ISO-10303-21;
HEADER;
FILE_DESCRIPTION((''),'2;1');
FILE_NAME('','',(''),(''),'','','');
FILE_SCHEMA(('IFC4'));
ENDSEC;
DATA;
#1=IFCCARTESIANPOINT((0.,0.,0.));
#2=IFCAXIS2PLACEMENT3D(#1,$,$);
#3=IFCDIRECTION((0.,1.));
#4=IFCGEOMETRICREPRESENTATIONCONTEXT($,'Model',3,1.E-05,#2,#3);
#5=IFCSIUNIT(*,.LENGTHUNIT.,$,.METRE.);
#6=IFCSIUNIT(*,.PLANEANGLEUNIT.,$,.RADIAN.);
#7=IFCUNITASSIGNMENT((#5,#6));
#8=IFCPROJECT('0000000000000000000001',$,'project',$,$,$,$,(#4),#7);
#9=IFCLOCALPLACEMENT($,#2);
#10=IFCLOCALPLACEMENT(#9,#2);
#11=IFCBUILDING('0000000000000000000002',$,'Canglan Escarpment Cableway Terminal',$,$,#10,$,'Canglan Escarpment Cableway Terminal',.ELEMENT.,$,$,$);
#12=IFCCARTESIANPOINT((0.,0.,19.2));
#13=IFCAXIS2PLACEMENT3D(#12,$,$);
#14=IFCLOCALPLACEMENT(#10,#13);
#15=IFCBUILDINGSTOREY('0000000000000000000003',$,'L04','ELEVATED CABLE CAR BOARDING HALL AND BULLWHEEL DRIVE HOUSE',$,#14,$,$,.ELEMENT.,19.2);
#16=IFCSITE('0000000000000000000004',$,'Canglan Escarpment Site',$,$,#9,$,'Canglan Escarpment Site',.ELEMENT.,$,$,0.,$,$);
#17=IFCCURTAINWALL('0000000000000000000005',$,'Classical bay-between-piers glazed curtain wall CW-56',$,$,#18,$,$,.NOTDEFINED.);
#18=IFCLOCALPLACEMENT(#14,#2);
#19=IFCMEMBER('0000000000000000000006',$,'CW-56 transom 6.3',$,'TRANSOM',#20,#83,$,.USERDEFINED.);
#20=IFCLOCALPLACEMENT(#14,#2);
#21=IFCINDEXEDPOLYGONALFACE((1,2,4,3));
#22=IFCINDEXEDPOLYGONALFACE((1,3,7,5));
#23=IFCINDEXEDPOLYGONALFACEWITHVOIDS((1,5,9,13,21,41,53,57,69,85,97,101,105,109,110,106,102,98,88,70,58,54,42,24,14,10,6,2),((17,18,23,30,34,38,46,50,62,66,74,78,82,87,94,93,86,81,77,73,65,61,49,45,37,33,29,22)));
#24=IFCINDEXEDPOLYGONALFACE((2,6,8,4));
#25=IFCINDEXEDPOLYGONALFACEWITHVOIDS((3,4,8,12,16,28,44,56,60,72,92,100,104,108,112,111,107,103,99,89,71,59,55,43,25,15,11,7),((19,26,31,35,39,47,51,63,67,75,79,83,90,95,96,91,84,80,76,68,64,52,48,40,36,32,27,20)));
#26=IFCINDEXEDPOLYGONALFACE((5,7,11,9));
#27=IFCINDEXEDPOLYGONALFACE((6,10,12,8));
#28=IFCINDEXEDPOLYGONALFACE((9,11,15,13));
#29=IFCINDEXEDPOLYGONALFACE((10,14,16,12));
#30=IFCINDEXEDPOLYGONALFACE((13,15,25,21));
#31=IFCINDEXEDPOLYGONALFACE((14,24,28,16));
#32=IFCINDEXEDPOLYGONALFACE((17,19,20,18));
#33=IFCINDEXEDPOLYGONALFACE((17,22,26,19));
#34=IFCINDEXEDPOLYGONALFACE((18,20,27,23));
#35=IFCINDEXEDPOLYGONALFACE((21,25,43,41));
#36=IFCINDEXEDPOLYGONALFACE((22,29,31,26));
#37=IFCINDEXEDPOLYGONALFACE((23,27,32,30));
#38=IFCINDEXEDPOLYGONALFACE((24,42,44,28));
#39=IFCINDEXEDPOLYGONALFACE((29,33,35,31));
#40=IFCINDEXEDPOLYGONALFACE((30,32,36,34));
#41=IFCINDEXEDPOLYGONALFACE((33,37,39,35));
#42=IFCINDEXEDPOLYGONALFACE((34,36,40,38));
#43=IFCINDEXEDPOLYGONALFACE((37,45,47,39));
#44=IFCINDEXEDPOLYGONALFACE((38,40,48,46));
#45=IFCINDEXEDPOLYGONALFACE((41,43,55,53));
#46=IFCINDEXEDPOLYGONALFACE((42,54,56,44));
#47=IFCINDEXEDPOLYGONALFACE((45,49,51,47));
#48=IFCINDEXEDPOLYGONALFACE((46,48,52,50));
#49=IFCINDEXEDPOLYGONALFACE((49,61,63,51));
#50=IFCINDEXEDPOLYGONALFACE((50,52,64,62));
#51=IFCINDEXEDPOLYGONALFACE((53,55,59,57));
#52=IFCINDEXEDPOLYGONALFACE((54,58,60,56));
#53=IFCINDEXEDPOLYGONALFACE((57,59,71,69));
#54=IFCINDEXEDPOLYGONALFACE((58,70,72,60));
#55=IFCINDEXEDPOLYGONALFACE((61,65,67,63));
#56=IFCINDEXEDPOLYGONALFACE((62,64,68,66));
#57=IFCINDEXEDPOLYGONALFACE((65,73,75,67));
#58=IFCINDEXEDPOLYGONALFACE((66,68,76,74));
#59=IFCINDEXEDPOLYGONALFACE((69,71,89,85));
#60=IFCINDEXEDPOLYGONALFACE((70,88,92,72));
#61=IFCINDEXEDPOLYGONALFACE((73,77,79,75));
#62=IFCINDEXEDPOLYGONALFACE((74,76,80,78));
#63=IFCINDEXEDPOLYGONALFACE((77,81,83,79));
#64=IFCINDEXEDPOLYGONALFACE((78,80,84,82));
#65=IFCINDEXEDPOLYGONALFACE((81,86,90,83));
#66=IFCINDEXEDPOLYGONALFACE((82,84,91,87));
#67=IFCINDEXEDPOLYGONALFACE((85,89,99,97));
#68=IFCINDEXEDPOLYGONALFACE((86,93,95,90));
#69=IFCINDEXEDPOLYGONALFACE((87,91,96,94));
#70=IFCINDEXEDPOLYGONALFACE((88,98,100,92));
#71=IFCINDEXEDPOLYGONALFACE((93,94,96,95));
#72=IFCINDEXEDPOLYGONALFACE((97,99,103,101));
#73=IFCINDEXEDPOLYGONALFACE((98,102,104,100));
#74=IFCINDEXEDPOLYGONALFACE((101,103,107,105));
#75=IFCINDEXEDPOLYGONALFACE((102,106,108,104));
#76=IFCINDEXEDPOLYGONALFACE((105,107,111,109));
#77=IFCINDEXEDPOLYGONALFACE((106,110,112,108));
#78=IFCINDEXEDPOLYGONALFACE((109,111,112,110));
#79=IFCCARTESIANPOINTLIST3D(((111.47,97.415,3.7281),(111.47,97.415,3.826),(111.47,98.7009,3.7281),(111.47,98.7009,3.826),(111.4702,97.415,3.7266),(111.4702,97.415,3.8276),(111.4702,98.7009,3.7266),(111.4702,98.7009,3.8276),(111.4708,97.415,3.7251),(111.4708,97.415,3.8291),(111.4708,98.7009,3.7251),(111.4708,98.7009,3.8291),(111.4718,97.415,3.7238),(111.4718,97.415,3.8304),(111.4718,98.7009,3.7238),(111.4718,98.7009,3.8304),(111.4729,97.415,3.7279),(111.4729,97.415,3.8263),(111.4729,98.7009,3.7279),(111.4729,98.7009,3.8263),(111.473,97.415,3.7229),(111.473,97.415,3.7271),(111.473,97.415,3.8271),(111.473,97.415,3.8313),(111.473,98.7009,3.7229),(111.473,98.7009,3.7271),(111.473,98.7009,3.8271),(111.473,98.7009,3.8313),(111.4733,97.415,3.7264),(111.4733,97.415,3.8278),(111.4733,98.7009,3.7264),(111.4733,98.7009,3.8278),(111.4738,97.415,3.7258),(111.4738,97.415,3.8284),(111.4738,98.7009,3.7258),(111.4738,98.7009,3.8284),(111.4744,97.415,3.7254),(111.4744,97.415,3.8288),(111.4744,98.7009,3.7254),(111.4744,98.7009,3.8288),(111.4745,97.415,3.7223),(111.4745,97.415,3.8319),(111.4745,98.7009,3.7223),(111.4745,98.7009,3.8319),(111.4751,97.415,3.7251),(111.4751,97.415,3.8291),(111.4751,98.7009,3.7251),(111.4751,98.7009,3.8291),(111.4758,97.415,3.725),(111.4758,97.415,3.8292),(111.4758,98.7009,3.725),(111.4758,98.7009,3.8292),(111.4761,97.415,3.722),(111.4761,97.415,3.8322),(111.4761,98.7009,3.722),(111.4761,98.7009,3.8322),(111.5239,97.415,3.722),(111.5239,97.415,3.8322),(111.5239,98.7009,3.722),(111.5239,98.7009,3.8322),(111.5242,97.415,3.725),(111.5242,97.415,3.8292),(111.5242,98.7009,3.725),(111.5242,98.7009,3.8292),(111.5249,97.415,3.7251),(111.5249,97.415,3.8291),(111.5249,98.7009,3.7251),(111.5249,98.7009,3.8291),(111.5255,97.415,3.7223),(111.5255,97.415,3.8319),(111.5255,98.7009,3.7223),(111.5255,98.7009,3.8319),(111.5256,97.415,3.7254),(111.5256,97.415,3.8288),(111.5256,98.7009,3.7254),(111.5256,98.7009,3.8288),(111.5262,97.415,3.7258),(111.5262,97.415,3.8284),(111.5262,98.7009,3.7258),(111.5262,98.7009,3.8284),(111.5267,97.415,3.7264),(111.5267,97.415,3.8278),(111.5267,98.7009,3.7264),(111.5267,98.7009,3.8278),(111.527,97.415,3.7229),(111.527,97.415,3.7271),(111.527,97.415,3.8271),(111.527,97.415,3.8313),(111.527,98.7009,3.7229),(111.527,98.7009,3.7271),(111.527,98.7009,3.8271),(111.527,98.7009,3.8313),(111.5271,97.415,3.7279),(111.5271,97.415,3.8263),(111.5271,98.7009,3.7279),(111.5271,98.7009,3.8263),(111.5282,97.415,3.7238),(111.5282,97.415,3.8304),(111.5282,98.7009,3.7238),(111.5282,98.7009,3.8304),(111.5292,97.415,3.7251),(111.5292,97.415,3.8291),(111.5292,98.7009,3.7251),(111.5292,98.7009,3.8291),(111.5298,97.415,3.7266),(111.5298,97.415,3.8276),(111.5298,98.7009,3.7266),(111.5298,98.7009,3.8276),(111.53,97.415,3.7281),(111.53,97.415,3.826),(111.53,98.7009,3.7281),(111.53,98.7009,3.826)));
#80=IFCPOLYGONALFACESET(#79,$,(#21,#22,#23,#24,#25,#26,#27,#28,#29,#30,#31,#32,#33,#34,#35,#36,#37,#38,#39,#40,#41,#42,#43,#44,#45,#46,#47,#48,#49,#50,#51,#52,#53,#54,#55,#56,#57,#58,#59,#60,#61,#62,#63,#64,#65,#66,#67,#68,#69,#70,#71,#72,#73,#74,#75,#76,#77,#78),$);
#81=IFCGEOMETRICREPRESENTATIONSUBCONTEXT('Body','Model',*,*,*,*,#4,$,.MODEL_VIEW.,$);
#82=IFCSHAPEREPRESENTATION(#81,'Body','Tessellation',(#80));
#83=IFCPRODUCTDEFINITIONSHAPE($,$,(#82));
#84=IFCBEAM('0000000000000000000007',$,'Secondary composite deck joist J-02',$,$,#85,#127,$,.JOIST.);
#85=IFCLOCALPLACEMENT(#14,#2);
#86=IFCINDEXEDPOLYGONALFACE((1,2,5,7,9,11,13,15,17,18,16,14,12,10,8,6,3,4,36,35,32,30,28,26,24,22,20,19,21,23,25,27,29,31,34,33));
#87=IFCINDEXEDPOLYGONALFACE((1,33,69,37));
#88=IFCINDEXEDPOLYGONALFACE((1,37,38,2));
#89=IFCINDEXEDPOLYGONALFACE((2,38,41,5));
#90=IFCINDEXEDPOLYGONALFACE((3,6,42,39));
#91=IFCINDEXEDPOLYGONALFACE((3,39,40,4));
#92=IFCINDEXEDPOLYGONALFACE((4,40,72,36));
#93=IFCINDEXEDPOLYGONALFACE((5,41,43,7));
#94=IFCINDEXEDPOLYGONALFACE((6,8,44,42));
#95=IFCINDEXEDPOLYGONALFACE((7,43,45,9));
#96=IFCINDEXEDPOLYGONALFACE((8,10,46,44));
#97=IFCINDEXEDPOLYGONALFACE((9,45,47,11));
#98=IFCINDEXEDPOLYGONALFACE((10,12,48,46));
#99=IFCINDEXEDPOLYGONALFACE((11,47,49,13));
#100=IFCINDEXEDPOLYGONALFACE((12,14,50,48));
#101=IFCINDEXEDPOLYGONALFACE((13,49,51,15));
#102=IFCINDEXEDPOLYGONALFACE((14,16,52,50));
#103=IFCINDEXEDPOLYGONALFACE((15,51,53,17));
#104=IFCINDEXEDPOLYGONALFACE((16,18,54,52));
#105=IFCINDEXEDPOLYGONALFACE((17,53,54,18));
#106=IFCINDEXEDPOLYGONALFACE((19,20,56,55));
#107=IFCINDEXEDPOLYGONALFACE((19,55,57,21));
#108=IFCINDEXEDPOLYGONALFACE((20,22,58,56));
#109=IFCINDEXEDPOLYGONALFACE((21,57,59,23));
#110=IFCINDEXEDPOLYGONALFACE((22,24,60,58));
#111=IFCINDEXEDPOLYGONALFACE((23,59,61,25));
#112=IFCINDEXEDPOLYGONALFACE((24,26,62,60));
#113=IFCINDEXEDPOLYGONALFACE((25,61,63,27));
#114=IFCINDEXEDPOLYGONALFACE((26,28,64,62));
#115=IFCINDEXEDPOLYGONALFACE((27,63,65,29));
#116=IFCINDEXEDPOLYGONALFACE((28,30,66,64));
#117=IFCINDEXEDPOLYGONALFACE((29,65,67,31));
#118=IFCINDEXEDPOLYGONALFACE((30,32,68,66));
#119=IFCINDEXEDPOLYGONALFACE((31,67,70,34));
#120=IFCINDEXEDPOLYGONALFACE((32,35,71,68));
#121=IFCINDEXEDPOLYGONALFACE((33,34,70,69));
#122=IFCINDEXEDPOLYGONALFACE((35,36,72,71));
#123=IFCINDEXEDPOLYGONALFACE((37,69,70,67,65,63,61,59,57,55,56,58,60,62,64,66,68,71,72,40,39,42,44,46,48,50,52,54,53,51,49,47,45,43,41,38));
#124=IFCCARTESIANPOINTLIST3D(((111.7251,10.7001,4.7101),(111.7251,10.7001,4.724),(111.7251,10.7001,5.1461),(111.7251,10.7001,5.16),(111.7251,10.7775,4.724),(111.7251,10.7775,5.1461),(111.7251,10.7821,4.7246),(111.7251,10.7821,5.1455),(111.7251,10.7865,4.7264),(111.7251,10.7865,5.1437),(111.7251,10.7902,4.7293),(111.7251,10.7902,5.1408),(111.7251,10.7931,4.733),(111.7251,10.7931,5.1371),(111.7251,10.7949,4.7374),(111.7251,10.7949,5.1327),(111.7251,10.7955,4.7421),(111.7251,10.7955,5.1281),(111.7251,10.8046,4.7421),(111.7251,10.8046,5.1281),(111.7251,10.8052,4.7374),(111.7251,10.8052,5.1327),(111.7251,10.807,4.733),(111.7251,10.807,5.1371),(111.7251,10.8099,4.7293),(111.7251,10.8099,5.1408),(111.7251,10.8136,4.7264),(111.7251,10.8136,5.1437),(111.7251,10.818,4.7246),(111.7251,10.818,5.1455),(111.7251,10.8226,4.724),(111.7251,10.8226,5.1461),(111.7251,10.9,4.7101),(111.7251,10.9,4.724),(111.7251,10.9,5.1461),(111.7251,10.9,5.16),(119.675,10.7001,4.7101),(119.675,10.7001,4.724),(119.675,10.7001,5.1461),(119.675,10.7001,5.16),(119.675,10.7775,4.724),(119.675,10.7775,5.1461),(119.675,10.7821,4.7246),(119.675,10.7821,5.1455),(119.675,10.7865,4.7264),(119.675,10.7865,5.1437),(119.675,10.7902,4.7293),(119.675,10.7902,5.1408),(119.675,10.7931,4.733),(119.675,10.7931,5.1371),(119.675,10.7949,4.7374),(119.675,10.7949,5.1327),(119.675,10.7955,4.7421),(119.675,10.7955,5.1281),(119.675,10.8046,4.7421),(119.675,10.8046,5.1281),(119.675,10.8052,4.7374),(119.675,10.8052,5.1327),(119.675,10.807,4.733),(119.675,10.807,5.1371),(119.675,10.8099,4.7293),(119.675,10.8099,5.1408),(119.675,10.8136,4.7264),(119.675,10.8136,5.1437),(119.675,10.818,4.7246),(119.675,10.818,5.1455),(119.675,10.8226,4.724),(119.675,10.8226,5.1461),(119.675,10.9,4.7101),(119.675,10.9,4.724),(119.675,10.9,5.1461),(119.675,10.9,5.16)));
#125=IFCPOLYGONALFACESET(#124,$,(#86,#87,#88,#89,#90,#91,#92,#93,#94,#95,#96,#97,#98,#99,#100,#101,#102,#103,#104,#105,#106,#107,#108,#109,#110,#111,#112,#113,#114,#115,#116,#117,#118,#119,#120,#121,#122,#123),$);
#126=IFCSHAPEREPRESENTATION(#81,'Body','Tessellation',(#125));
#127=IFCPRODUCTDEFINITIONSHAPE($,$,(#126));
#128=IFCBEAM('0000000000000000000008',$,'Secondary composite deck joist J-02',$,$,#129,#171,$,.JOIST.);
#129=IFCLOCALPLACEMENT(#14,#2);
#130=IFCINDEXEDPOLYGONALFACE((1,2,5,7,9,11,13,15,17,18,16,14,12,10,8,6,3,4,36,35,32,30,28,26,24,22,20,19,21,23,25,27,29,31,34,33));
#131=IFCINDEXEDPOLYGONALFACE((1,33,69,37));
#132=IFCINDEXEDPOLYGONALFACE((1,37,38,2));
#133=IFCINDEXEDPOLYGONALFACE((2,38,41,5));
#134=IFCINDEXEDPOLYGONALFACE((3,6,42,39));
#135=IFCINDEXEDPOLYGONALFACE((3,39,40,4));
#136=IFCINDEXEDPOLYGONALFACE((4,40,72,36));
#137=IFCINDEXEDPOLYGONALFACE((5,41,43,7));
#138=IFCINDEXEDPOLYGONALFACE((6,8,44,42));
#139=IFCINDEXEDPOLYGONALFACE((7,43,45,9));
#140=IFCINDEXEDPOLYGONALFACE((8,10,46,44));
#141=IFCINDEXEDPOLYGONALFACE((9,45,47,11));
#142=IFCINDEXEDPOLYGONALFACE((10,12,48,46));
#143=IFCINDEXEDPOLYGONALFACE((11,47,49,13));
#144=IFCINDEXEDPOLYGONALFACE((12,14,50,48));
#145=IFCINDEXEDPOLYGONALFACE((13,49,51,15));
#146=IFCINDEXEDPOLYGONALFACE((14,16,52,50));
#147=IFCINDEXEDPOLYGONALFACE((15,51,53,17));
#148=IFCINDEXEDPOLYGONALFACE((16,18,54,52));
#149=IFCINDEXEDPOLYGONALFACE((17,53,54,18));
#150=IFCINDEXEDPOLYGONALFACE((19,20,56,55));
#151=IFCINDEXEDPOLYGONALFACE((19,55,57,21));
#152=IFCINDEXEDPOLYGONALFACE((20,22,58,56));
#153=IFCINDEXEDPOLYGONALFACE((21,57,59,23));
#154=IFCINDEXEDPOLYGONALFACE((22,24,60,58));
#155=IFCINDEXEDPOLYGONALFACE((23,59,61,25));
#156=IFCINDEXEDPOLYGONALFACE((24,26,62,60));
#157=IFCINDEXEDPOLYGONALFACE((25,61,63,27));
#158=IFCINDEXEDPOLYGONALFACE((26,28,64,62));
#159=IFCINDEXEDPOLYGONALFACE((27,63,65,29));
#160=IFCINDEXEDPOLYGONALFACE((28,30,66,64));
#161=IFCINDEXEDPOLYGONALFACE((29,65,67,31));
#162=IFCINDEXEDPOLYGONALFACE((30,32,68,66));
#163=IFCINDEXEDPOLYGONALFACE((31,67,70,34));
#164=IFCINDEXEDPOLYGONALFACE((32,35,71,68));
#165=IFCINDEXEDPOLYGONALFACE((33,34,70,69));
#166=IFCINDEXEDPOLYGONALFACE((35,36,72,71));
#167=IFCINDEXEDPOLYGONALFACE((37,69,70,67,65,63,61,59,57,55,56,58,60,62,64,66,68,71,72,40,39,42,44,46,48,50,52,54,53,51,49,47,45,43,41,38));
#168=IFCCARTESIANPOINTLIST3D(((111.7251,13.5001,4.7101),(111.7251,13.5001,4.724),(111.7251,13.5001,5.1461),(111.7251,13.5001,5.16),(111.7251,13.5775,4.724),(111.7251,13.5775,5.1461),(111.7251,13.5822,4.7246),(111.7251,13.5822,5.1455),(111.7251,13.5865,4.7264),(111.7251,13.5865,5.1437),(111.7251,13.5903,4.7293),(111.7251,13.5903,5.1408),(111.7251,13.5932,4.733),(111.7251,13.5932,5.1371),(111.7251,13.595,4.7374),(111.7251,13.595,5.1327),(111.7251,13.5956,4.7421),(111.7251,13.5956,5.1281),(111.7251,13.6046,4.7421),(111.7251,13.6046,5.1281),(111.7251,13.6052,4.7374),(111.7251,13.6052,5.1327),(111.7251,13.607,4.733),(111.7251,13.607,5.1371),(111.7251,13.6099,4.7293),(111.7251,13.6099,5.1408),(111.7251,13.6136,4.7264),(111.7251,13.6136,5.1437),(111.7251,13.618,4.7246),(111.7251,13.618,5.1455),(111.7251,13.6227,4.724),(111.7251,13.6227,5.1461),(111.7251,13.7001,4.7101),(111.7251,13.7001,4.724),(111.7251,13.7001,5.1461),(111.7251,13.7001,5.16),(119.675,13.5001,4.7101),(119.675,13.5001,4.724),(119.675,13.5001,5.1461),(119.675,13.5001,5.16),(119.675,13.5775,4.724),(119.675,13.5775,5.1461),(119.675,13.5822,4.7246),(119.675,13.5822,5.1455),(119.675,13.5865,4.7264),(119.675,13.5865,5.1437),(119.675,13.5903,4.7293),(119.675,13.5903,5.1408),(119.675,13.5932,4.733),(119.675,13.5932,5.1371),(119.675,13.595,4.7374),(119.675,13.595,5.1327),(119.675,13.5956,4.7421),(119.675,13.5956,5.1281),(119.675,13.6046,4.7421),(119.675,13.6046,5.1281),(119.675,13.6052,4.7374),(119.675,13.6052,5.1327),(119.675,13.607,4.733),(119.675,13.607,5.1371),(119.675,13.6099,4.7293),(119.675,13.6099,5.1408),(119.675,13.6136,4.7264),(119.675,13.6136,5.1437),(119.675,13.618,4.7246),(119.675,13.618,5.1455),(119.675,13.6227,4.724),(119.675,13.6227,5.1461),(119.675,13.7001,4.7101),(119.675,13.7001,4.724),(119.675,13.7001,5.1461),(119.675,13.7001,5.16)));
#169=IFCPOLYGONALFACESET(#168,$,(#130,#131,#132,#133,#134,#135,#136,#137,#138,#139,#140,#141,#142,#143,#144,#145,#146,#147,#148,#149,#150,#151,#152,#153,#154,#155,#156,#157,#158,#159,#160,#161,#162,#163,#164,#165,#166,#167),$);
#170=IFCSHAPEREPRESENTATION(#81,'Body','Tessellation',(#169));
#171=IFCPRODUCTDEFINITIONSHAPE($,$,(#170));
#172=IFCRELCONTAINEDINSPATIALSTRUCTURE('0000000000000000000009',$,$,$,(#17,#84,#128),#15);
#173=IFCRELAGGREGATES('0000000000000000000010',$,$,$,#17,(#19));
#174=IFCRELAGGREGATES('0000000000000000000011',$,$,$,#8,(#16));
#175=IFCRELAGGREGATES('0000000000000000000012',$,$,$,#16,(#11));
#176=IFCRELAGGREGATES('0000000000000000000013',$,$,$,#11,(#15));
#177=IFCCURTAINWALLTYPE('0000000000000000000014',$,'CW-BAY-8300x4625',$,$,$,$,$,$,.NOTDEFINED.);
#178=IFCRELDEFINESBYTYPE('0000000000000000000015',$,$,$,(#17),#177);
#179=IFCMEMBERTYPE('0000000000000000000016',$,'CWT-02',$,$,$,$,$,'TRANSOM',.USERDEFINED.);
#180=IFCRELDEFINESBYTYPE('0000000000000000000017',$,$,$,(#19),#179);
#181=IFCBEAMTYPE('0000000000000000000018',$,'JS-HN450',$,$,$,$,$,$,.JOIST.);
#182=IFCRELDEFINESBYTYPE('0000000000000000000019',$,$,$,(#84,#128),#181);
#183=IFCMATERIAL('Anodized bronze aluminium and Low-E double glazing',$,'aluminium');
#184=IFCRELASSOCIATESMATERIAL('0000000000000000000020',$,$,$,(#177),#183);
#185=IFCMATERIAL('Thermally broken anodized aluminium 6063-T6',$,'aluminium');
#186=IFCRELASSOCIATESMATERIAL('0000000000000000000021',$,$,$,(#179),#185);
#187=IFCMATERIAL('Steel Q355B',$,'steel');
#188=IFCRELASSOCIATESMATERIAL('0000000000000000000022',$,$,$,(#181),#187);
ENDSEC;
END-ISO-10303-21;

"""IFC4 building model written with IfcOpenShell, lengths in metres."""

from ifc_helpers import new_model, si_unit, direction, frame, origin, origin_2d, place, context, subcontext, project, spatial, hollow_rectangle, i_section, extrude, material, material_profile, profile_set, type_object, element, aggregate, save


model = new_model("IFC4")

# Units and contexts
model_context = context("Model", 3, precision=1e-05, world=origin(), true_north=direction((0.0, 1.0)))
body_context = subcontext(model_context, "Body", "Model", "MODEL_VIEW")
ifc_project = project(units=[si_unit("LENGTHUNIT", "METRE"), si_unit("PLANEANGLEUNIT", "RADIAN")], contexts=[model_context])

# Site, building, storey
site_placement = place(None, origin())
site = spatial("IfcSite", under=ifc_project, at=site_placement, Name="Canglan Escarpment Site", LongName="Canglan Escarpment Site", CompositionType="ELEMENT", RefElevation=0.0)
building_placement = place(site_placement, origin())
building = spatial("IfcBuilding", under=site, at=building_placement, Name="Canglan Escarpment Cableway Terminal", LongName="Canglan Escarpment Cableway Terminal", CompositionType="ELEMENT")
storey_placement = place(building_placement, frame((0.0, 0.0, 19.2)))
storey = spatial("IfcBuildingStorey", under=building, at=storey_placement, Name="L04", Description="ELEVATED CABLE CAR BOARDING HALL AND BULLWHEEL DRIVE HOUSE", CompositionType="ELEMENT", Elevation=19.2)

# Curtain wall, member
ifc_material_1 = material(Name="Anodized bronze aluminium and Low-E double glazing", Category="aluminium")
curtain_wall_type = type_object("IfcCurtainWallType", Name="CW-BAY-8300x4625", PredefinedType="NOTDEFINED", material=ifc_material_1)
curtain_wall_placement = place(storey_placement, origin())
curtain_wall = element("IfcCurtainWall", 1, at=curtain_wall_placement, inside=storey, type_object=curtain_wall_type, Name="Classical bay-between-piers glazed curtain wall CW-56", PredefinedType="NOTDEFINED")
ifc_material_2 = material(Name="Thermally broken anodized aluminium 6063-T6", Category="aluminium")
ifc_material_profile_1 = material_profile(ifc_material_2, hollow_rectangle(XDim=0.0601, YDim=0.1101, WallThickness=0.0029, InnerFilletRadius=0.0029, OuterFilletRadius=0.0061, at=origin_2d()), Name="ALU-TRAN 60x110x3")
ifc_profile_set_1 = profile_set([ifc_material_profile_1], Name="Thermally broken anodized aluminium 6063-T6")
member_type = type_object("IfcMemberType", Name="CWT-02", ElementType="TRANSOM", PredefinedType="USERDEFINED", material=ifc_profile_set_1)
member_placement = place(storey_placement, frame((111.5, 98.7009, 3.7771), z_axis=(0.0, -1.0, 0.0), x_axis=(1.0, 0.0, 0.0)))
member = element("IfcMember", 2, at=member_placement, type_object=member_type, Name="CW-56 transom 6.3", ObjectType="TRANSOM", PredefinedType="USERDEFINED", context=body_context, shape_type="SweptSolid", body=[
    extrude(hollow_rectangle(XDim=0.0601, YDim=0.1101, WallThickness=0.0029, InnerFilletRadius=0.0029, OuterFilletRadius=0.0061, at=origin_2d()), origin(), (0.0, 0.0, 1.0), 1.2859),
])

# Beams
ifc_material_3 = material(Name="Steel Q355B", Category="steel")
ifc_material_profile_2 = material_profile(ifc_material_3, i_section(OverallWidth=0.2, OverallDepth=0.45, WebThickness=0.009, FlangeThickness=0.0139, FilletRadius=0.0181, at=origin_2d()), Name="HN 450x200x9x14")
ifc_profile_set_2 = profile_set([ifc_material_profile_2], Name="Steel Q355B")
beam_type_1 = type_object("IfcBeamType", Name="JS-HN450", PredefinedType="JOIST", material=ifc_profile_set_2)
for number, where, z_axis, x_axis, name in (
    (3, (111.7251, 10.8, 4.9351), (1.0, 0.0, 0.0), (0.0, 1.0, 0.0), "Secondary composite deck joist J-02"),
    (4, (111.7251, 13.6001, 4.9351), (1.0, 0.0, 0.0), (0.0, 1.0, 0.0), "Secondary composite deck joist J-02"),
):
    element("IfcBeam", number, at=place(storey_placement, frame(where, z_axis=z_axis, x_axis=x_axis)), inside=storey, type_object=beam_type_1, Name=name, PredefinedType="JOIST", context=body_context, shape_type="SweptSolid", body=[
        extrude(i_section(OverallWidth=0.2, OverallDepth=0.45, WebThickness=0.009, FlangeThickness=0.0139, FilletRadius=0.0181, at=origin_2d()), origin(), (0.0, 0.0, 1.0), 7.95),
    ])

aggregate(curtain_wall, [member])

save(model, "model.ifc")
